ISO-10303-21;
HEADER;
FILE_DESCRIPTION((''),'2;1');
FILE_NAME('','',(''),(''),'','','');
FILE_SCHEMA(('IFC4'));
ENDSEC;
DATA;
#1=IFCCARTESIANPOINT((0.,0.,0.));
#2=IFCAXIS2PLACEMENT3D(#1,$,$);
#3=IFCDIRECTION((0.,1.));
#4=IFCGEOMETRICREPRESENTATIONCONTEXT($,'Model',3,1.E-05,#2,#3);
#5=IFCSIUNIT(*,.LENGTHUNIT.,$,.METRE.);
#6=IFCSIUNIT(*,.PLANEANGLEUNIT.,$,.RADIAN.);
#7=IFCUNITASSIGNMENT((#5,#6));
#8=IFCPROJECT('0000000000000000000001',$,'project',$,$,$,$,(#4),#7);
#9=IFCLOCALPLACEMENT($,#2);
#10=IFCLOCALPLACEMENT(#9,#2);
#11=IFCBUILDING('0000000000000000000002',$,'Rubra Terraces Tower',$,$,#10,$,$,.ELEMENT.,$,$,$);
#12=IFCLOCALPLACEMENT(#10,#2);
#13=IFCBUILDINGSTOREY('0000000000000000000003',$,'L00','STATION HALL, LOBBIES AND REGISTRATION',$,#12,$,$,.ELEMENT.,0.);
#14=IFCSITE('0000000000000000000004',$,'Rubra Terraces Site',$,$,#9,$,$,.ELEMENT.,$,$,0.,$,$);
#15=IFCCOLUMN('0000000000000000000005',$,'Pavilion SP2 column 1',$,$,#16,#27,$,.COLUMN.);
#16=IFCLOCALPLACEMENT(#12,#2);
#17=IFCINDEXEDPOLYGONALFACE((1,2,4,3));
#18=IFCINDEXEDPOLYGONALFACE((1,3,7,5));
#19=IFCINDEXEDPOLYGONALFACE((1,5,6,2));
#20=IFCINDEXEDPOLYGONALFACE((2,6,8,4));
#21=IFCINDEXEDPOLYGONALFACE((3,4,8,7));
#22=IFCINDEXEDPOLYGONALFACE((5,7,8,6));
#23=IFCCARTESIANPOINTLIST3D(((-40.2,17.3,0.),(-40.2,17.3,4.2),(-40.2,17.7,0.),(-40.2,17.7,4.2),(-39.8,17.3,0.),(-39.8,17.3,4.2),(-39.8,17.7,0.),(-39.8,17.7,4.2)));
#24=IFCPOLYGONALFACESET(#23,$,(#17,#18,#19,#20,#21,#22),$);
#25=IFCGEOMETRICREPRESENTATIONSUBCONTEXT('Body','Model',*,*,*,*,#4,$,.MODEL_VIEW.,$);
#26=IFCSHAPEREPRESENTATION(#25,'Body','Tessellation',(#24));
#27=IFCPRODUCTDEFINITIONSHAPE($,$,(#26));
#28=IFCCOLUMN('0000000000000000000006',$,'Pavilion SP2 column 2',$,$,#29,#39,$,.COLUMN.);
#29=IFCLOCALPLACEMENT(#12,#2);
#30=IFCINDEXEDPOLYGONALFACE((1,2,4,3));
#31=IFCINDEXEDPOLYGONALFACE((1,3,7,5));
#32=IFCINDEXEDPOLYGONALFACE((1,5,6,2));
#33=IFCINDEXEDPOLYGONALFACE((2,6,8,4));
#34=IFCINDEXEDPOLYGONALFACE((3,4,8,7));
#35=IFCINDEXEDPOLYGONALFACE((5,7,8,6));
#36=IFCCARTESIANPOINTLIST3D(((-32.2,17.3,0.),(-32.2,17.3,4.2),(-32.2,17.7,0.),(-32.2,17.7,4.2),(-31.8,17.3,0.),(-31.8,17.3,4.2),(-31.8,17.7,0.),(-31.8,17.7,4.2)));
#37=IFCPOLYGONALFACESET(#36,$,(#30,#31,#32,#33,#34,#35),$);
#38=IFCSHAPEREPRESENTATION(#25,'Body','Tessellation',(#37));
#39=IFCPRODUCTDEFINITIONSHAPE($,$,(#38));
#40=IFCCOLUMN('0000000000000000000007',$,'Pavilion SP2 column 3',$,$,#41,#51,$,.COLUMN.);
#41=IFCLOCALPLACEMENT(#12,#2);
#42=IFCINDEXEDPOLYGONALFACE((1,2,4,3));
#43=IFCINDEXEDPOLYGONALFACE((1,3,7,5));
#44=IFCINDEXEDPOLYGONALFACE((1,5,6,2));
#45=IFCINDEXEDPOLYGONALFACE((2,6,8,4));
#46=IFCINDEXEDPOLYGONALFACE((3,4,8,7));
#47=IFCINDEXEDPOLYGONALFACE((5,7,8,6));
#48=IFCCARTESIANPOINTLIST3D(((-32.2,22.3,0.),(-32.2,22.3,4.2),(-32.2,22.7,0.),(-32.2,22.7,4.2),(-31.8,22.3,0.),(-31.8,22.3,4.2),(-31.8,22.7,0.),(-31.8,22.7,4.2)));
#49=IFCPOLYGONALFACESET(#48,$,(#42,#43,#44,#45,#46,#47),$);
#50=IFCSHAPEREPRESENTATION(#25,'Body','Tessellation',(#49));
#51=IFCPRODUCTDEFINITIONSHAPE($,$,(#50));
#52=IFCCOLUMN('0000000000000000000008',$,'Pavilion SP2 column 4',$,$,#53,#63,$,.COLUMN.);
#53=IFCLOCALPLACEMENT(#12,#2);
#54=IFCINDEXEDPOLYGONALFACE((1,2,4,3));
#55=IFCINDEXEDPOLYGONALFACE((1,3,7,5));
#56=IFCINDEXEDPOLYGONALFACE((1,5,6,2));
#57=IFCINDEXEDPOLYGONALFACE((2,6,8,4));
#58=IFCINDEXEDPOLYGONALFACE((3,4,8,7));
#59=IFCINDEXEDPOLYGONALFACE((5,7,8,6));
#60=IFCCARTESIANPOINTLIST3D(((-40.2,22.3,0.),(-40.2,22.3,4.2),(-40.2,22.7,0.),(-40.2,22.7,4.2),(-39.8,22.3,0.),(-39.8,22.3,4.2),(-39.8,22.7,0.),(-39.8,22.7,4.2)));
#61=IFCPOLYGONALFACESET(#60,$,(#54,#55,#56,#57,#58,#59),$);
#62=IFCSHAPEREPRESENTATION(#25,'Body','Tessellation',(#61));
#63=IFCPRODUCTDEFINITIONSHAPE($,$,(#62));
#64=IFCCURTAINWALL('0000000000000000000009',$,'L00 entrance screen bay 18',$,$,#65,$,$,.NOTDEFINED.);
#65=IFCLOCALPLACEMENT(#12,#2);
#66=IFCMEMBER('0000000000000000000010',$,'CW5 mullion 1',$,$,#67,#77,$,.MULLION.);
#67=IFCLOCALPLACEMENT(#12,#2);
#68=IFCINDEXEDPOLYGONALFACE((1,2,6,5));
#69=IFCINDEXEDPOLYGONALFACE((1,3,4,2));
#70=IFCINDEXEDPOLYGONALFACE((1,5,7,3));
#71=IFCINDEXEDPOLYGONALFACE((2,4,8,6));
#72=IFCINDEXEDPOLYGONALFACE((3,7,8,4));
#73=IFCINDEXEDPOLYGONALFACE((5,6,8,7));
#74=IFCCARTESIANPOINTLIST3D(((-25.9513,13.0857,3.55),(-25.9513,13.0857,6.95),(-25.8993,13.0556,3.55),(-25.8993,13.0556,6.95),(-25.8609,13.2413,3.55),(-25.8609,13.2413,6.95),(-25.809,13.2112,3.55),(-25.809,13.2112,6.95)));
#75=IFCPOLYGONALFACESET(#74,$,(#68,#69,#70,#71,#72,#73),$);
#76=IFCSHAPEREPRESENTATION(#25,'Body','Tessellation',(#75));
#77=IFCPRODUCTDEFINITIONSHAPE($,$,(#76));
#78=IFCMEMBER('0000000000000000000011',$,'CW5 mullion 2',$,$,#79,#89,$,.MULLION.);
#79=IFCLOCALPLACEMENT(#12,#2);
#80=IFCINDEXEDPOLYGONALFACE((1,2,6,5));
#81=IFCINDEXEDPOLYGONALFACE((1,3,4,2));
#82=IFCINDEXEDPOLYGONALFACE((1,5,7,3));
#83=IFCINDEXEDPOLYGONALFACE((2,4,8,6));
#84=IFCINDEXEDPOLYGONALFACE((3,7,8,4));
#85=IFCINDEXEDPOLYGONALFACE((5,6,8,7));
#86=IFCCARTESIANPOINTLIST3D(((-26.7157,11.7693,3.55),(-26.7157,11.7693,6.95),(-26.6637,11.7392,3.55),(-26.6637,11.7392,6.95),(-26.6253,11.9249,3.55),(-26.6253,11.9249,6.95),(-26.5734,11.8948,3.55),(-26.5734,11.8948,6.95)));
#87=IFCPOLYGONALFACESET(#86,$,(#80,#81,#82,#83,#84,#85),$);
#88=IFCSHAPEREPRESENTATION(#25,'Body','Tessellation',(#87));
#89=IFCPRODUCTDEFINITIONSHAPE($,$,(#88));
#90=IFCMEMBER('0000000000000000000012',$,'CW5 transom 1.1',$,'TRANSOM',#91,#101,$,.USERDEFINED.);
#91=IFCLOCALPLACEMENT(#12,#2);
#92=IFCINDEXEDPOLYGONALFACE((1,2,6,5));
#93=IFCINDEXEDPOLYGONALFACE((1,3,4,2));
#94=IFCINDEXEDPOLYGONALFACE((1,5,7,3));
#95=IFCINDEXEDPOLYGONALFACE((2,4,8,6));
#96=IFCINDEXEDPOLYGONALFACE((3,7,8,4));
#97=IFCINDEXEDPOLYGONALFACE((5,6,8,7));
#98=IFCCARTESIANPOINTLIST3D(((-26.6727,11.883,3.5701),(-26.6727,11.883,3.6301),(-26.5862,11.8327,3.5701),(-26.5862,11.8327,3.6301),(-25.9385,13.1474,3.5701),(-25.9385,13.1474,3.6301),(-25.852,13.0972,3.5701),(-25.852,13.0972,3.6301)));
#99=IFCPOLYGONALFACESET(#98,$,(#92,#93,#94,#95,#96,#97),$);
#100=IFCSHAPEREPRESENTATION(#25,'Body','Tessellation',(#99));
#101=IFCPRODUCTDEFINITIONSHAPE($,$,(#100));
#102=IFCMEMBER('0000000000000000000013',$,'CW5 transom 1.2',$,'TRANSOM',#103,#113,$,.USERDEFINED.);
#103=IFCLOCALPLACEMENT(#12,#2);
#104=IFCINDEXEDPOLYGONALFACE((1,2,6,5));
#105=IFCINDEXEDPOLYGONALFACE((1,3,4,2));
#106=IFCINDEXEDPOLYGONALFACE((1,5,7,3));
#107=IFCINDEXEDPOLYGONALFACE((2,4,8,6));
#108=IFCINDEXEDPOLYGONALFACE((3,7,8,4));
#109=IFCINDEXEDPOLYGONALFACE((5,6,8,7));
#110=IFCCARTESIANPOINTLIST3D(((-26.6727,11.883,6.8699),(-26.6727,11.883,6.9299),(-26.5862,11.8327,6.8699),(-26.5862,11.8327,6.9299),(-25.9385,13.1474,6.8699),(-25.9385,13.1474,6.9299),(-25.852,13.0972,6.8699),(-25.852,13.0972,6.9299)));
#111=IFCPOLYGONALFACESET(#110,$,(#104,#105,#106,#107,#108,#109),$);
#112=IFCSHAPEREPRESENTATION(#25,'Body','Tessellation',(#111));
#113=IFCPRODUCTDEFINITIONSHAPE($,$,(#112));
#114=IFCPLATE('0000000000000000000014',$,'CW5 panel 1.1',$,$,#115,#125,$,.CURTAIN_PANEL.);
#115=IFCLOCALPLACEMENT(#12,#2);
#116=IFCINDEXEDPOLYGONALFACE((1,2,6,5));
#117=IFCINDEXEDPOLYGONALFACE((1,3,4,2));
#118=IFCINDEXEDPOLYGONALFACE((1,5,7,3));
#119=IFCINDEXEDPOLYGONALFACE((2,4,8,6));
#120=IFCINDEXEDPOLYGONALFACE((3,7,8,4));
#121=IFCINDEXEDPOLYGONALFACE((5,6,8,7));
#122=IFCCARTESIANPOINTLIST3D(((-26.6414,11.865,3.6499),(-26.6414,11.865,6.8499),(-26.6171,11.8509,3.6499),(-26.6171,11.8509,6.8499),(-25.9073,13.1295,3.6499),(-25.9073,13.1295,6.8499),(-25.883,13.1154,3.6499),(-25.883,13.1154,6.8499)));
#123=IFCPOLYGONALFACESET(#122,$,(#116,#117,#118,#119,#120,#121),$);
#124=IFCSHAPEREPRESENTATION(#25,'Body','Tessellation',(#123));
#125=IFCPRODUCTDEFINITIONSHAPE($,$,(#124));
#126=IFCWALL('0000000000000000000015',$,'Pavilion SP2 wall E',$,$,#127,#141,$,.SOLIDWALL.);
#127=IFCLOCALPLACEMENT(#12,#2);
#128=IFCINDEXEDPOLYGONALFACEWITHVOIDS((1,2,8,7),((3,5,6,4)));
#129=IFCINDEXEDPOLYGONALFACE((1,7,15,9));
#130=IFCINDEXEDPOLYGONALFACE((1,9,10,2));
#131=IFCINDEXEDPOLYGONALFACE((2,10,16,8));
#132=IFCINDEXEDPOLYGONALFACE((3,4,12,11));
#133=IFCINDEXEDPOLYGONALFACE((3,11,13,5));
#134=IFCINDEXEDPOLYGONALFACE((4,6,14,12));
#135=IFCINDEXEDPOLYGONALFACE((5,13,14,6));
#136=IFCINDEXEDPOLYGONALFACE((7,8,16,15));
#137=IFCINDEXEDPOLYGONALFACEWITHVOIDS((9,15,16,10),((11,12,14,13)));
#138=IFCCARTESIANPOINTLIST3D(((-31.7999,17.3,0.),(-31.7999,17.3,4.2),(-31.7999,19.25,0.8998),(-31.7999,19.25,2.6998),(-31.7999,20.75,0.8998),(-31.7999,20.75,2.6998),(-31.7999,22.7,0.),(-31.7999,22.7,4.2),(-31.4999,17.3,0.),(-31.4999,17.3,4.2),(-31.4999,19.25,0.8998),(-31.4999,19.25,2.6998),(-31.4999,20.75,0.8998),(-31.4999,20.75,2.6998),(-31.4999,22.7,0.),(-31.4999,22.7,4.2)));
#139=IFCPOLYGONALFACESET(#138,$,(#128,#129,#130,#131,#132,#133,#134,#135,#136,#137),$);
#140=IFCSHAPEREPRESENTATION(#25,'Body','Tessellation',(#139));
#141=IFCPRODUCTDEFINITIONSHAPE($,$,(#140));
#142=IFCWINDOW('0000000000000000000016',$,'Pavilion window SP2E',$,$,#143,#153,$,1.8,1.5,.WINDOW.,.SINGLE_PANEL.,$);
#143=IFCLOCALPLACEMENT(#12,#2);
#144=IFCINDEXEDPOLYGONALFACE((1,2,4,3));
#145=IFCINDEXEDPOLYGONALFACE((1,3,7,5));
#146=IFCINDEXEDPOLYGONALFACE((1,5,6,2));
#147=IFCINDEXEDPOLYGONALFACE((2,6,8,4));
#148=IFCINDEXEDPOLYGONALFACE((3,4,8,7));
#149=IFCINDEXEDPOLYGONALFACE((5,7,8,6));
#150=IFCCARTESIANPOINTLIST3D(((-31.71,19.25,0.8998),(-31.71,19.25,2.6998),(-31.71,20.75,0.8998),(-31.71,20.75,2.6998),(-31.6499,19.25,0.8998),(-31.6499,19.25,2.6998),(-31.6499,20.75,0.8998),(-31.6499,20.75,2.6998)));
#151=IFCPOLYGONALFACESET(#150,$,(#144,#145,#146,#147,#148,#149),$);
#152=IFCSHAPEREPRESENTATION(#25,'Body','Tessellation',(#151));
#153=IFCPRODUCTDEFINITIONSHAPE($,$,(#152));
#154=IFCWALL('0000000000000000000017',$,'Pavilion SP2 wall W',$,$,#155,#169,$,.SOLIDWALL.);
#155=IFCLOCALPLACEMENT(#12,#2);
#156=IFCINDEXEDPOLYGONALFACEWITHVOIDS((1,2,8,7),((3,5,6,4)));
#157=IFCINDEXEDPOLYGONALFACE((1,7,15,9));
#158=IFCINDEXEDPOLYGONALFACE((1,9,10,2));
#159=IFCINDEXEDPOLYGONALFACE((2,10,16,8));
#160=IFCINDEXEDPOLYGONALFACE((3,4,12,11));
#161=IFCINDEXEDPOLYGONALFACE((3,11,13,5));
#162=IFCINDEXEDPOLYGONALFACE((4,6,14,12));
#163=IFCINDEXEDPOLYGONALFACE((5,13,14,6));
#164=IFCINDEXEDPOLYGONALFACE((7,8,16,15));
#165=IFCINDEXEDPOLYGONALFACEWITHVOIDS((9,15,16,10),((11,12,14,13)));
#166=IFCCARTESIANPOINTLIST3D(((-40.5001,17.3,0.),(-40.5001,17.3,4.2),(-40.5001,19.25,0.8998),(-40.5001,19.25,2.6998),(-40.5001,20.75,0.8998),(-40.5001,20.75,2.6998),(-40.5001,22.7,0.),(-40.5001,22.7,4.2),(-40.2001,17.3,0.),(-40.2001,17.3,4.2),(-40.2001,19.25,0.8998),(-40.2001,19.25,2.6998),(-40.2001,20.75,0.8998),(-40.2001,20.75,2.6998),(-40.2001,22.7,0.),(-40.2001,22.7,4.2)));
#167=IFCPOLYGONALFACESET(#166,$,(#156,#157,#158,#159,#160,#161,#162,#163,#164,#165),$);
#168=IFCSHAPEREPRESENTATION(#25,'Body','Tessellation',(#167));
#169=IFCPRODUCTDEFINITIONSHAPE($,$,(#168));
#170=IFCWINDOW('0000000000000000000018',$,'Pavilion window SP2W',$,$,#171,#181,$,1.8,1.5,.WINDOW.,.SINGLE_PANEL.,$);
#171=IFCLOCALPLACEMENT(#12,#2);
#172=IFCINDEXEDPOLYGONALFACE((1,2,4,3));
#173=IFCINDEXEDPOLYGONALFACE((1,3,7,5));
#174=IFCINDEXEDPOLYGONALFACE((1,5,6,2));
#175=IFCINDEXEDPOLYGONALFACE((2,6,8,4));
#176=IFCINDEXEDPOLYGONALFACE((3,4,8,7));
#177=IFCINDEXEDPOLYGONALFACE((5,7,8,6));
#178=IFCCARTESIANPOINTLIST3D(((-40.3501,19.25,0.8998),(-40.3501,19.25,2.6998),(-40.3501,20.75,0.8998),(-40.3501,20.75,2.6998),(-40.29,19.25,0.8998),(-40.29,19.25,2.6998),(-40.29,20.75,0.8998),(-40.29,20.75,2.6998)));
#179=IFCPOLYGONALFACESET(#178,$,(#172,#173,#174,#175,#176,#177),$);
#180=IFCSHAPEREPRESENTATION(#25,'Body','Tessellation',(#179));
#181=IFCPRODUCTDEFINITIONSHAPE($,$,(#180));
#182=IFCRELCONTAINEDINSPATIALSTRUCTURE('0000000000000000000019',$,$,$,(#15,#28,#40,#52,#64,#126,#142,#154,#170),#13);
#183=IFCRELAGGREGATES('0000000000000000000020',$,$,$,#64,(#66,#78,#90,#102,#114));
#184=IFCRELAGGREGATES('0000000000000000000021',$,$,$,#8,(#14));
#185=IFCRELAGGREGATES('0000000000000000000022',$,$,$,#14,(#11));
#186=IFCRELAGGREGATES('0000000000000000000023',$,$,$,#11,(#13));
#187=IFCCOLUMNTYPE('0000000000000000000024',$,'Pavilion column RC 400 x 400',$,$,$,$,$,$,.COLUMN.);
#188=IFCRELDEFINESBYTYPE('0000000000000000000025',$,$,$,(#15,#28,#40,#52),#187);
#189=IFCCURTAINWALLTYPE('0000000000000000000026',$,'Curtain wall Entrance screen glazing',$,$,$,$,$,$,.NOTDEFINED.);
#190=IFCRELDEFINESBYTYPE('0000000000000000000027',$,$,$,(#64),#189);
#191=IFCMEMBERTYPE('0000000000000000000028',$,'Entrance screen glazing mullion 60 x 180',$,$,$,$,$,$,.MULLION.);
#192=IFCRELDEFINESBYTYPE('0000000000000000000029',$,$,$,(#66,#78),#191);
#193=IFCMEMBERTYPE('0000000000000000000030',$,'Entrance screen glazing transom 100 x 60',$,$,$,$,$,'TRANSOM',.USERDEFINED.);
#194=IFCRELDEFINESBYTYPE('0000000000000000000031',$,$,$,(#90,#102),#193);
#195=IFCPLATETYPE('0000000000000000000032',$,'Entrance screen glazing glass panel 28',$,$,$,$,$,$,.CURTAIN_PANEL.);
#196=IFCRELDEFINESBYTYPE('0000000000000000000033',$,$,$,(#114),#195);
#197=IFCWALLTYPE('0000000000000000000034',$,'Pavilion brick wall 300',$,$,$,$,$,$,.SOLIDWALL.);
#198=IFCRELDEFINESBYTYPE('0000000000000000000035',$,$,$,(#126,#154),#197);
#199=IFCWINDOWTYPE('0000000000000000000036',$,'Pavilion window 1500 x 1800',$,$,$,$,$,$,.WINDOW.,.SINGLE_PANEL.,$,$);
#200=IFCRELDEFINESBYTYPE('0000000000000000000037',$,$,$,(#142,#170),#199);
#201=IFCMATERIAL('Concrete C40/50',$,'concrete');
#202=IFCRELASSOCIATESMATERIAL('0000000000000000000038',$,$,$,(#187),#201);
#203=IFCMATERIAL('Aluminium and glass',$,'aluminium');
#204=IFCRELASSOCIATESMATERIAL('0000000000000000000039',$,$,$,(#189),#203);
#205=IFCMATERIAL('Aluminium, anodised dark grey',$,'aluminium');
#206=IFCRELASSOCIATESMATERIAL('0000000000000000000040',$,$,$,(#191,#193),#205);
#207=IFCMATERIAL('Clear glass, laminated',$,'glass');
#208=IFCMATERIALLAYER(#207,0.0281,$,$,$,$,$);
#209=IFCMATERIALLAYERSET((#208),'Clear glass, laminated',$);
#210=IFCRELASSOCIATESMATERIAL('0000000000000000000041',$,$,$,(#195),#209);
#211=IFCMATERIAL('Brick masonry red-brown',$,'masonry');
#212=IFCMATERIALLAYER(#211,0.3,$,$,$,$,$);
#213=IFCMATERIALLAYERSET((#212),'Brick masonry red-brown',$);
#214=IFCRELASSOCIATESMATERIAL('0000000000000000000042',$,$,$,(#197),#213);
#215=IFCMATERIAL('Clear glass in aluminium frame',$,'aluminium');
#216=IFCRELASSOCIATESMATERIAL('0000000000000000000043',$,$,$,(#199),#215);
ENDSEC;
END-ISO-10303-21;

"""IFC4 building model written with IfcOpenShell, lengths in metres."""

from ifc_helpers import new_model, si_unit, direction, frame, frame_2d, origin, origin_2d, place, context, subcontext, project, spatial, rectangle, extrude, material, layer, layer_set, material_profile, profile_set, type_object, element, fill, aggregate, save


model = new_model("IFC4")

# Units and contexts
model_context = context("Model", 3, precision=1e-05, world=origin(), true_north=direction((0.0, 1.0)))
body_context = subcontext(model_context, "Body", "Model", "MODEL_VIEW")
ifc_project = project(units=[si_unit("LENGTHUNIT", "METRE"), si_unit("PLANEANGLEUNIT", "RADIAN")], contexts=[model_context])

# Site, building, storey
site_placement = place(None, origin())
site = spatial("IfcSite", under=ifc_project, at=site_placement, Name="Rubra Terraces Site", CompositionType="ELEMENT", RefElevation=0.0)
building_placement = place(site_placement, origin())
building = spatial("IfcBuilding", under=site, at=building_placement, Name="Rubra Terraces Tower", CompositionType="ELEMENT")
storey_placement = place(building_placement, origin())
storey = spatial("IfcBuildingStorey", under=building, at=storey_placement, Name="L00", Description="STATION HALL, LOBBIES AND REGISTRATION", CompositionType="ELEMENT", Elevation=0.0)

# Columns
ifc_material_1 = material(Name="Concrete C40/50", Category="concrete")
ifc_material_profile_1 = material_profile(ifc_material_1, rectangle(XDim=0.3999, YDim=0.3999, at=origin_2d()), Name="RC 400x400")
ifc_profile_set_1 = profile_set([ifc_material_profile_1], Name="Concrete C40/50")
column_type = type_object("IfcColumnType", Name="Pavilion column RC 400 x 400", PredefinedType="COLUMN", material=ifc_profile_set_1)
for number, where, z_axis, x_axis, name in (
    (1, (-40.0, 17.5, 0.0), (0.0, 0.0, 1.0), (1.0, 0.0, 0.0), "Pavilion SP2 column 1"),
    (2, (-32.0, 17.5, 0.0), (0.0, 0.0, 1.0), (1.0, 0.0, 0.0), "Pavilion SP2 column 2"),
    (3, (-32.0, 22.5, 0.0), (0.0, 0.0, 1.0), (1.0, 0.0, 0.0), "Pavilion SP2 column 3"),
    (4, (-40.0, 22.5, 0.0), (0.0, 0.0, 1.0), (1.0, 0.0, 0.0), "Pavilion SP2 column 4"),
):
    element("IfcColumn", number, at=place(storey_placement, frame(where, z_axis=z_axis, x_axis=x_axis)), inside=storey, type_object=column_type, Name=name, PredefinedType="COLUMN", context=body_context, shape_type="SweptSolid", body=[
        extrude(rectangle(XDim=0.3999, YDim=0.3999, at=origin_2d()), origin(), (0.0, 0.0, 1.0), 4.2),
    ])

# Curtain wall, members, plate
ifc_material_2 = material(Name="Aluminium and glass", Category="aluminium")
curtain_wall_type = type_object("IfcCurtainWallType", Name="Curtain wall Entrance screen glazing", PredefinedType="NOTDEFINED", material=ifc_material_2)
curtain_wall_placement = place(storey_placement, origin())
curtain_wall = element("IfcCurtainWall", 5, at=curtain_wall_placement, inside=storey, type_object=curtain_wall_type, Name="L00 entrance screen bay 18", PredefinedType="NOTDEFINED")
ifc_material_3 = material(Name="Aluminium, anodised dark grey", Category="aluminium")
ifc_material_profile_2 = material_profile(ifc_material_3, rectangle(XDim=0.0601, YDim=0.1799, at=origin_2d()), Name="AL 60x180")
ifc_profile_set_2 = profile_set([ifc_material_profile_2], Name="Aluminium, anodised dark grey")
member_type_1 = type_object("IfcMemberType", Name="Entrance screen glazing mullion 60 x 180", PredefinedType="MULLION", material=ifc_profile_set_2)
member_1_placement = place(storey_placement, frame((-25.8801, 13.1484, 3.55), z_axis=(0.0, 0.0, 1.0), x_axis=(0.864813, -0.502094, 0.0)))
member_1 = element("IfcMember", 6, at=member_1_placement, type_object=member_type_1, Name="CW5 mullion 1", PredefinedType="MULLION", context=body_context, shape_type="SweptSolid", body=[
    extrude(rectangle(XDim=0.0601, YDim=0.1799, at=origin_2d()), origin(), (0.0, 0.0, 1.0), 3.3999),
])
member_2_placement = place(storey_placement, frame((-26.6445, 11.832, 3.55), z_axis=(0.0, 0.0, 1.0), x_axis=(0.864813, -0.502094, 0.0)))
member_2 = element("IfcMember", 7, at=member_2_placement, type_object=member_type_1, Name="CW5 mullion 2", PredefinedType="MULLION", context=body_context, shape_type="SweptSolid", body=[
    extrude(rectangle(XDim=0.0601, YDim=0.1799, at=origin_2d()), origin(), (0.0, 0.0, 1.0), 3.3999),
])
ifc_material_profile_3 = material_profile(ifc_material_3, rectangle(XDim=0.1001, YDim=0.0601, at=origin_2d()), Name="AL 100x60")
ifc_profile_set_3 = profile_set([ifc_material_profile_3], Name="Aluminium, anodised dark grey")
member_type_2 = type_object("IfcMemberType", Name="Entrance screen glazing transom 100 x 60", ElementType="TRANSOM", PredefinedType="USERDEFINED", material=ifc_profile_set_3)
member_3_placement = place(storey_placement, frame((-25.8953, 13.1223, 3.6001), z_axis=(-0.502115, -0.864801, 0.0), x_axis=(0.864801, -0.502115, 0.0)))
member_3 = element("IfcMember", 8, at=member_3_placement, type_object=member_type_2, Name="CW5 transom 1.1", ObjectType="TRANSOM", PredefinedType="USERDEFINED", context=body_context, shape_type="SweptSolid", body=[
    extrude(rectangle(XDim=0.1001, YDim=0.0601, at=origin_2d()), origin(), (0.0, 0.0, 1.0), 1.4622),
])
member_4_placement = place(storey_placement, frame((-25.8953, 13.1223, 6.8999), z_axis=(-0.502115, -0.864801, 0.0), x_axis=(0.864801, -0.502115, 0.0)))
member_4 = element("IfcMember", 9, at=member_4_placement, type_object=member_type_2, Name="CW5 transom 1.2", ObjectType="TRANSOM", PredefinedType="USERDEFINED", context=body_context, shape_type="SweptSolid", body=[
    extrude(rectangle(XDim=0.1001, YDim=0.0601, at=origin_2d()), origin(), (0.0, 0.0, 1.0), 1.4622),
])
ifc_material_4 = material(Name="Clear glass, laminated", Category="glass")
ifc_layer_1 = layer(ifc_material_4, 0.0281)
ifc_layer_set_1 = layer_set([ifc_layer_1], Name="Clear glass, laminated")
plate_type = type_object("IfcPlateType", Name="Entrance screen glazing glass panel 28", PredefinedType="CURTAIN_PANEL", material=ifc_layer_set_1)
plate_placement = place(storey_placement, frame((-26.2622, 12.4902, 3.6499), z_axis=(0.0, 0.0, 1.0), x_axis=(-0.502094, -0.864813, 0.0)))
plate = element("IfcPlate", 10, at=plate_placement, type_object=plate_type, Name="CW5 panel 1.1", PredefinedType="CURTAIN_PANEL", context=body_context, shape_type="SweptSolid", body=[
    extrude(rectangle(XDim=1.4622, YDim=0.0281, at=origin_2d()), origin(), (0.0, 0.0, 1.0), 3.2),
])
aggregate(curtain_wall, [member_1, member_2, member_3, member_4, plate])

# Shared definitions
ifc_material_5 = material(Name="Brick masonry red-brown", Category="masonry")
ifc_layer_2 = layer(ifc_material_5, 0.3)
ifc_layer_set_2 = layer_set([ifc_layer_2], Name="Brick masonry red-brown")
wall_type = type_object("IfcWallType", Name="Pavilion brick wall 300", PredefinedType="SOLIDWALL", material=ifc_layer_set_2)

# Wall, opening, window
wall_1_placement = place(storey_placement, frame((-31.6499, 17.3, 0.0), z_axis=(0.0, 0.0, 1.0), x_axis=(0.0, 1.0, 0.0)))
wall_1 = element("IfcWall", 11, at=wall_1_placement, inside=storey, type_object=wall_type, Name="Pavilion SP2 wall E", PredefinedType="SOLIDWALL", context=body_context, shape_type="SweptSolid", body=[
    extrude(rectangle(XDim=5.3999, YDim=0.3, at=frame_2d((2.7, 0.0))), origin(), (0.0, 0.0, 1.0), 4.2),
])
opening_1_placement = place(wall_1_placement, frame((1.95, 0.0, 0.8999)))
opening_1 = element("IfcOpeningElement", 12, at=opening_1_placement, cuts=wall_1, PredefinedType="OPENING", context=body_context, shape_type="SweptSolid", body=[
    extrude(rectangle(XDim=1.5, YDim=1.8, at=frame_2d((0.75, 0.8999))), frame((0.0, 0.1599, 0.0), z_axis=(0.0, -1.0, 0.0), x_axis=(1.0, 0.0, 0.0)), (0.0, 0.0, 1.0), 0.3201),
])
ifc_material_6 = material(Name="Clear glass in aluminium frame", Category="aluminium")
window_type = type_object("IfcWindowType", Name="Pavilion window 1500 x 1800", PartitioningType="SINGLE_PANEL", PredefinedType="WINDOW", material=ifc_material_6)
window_1_placement = place(opening_1_placement, origin())
window_1 = element("IfcWindow", 13, at=window_1_placement, inside=storey, type_object=window_type, Name="Pavilion window SP2E", OverallHeight=1.8, OverallWidth=1.5, PartitioningType="SINGLE_PANEL", PredefinedType="WINDOW", context=body_context, shape_type="SweptSolid", body=[
    extrude(rectangle(XDim=1.5, YDim=1.8, at=frame_2d((0.75, 0.8999))), frame((0.0, 0.0601, 0.0), z_axis=(0.0, -1.0, 0.0), x_axis=(1.0, 0.0, 0.0)), (0.0, 0.0, 1.0), 0.0601),
])
fill(opening_1, window_1)

# Wall, opening, window
wall_2_placement = place(storey_placement, frame((-40.3501, 22.7, 0.0), z_axis=(0.0, 0.0, 1.0), x_axis=(0.0, -1.0, 0.0)))
wall_2 = element("IfcWall", 14, at=wall_2_placement, inside=storey, type_object=wall_type, Name="Pavilion SP2 wall W", PredefinedType="SOLIDWALL", context=body_context, shape_type="SweptSolid", body=[
    extrude(rectangle(XDim=5.3999, YDim=0.3, at=frame_2d((2.7, 0.0))), origin(), (0.0, 0.0, 1.0), 4.2),
])
opening_2_placement = place(wall_2_placement, frame((1.95, 0.0, 0.8999)))
opening_2 = element("IfcOpeningElement", 15, at=opening_2_placement, cuts=wall_2, PredefinedType="OPENING", context=body_context, shape_type="SweptSolid", body=[
    extrude(rectangle(XDim=1.5, YDim=1.8, at=frame_2d((0.75, 0.8999))), frame((0.0, 0.1599, 0.0), z_axis=(0.0, -1.0, 0.0), x_axis=(1.0, 0.0, 0.0)), (0.0, 0.0, 1.0), 0.3201),
])
window_2_placement = place(opening_2_placement, origin())
window_2 = element("IfcWindow", 16, at=window_2_placement, inside=storey, type_object=window_type, Name="Pavilion window SP2W", OverallHeight=1.8, OverallWidth=1.5, PartitioningType="SINGLE_PANEL", PredefinedType="WINDOW", context=body_context, shape_type="SweptSolid", body=[
    extrude(rectangle(XDim=1.5, YDim=1.8, at=frame_2d((0.75, 0.8999))), frame((0.0, 0.0601, 0.0), z_axis=(0.0, -1.0, 0.0), x_axis=(1.0, 0.0, 0.0)), (0.0, 0.0, 1.0), 0.0601),
])
fill(opening_2, window_2)

save(model, "model.ifc")
